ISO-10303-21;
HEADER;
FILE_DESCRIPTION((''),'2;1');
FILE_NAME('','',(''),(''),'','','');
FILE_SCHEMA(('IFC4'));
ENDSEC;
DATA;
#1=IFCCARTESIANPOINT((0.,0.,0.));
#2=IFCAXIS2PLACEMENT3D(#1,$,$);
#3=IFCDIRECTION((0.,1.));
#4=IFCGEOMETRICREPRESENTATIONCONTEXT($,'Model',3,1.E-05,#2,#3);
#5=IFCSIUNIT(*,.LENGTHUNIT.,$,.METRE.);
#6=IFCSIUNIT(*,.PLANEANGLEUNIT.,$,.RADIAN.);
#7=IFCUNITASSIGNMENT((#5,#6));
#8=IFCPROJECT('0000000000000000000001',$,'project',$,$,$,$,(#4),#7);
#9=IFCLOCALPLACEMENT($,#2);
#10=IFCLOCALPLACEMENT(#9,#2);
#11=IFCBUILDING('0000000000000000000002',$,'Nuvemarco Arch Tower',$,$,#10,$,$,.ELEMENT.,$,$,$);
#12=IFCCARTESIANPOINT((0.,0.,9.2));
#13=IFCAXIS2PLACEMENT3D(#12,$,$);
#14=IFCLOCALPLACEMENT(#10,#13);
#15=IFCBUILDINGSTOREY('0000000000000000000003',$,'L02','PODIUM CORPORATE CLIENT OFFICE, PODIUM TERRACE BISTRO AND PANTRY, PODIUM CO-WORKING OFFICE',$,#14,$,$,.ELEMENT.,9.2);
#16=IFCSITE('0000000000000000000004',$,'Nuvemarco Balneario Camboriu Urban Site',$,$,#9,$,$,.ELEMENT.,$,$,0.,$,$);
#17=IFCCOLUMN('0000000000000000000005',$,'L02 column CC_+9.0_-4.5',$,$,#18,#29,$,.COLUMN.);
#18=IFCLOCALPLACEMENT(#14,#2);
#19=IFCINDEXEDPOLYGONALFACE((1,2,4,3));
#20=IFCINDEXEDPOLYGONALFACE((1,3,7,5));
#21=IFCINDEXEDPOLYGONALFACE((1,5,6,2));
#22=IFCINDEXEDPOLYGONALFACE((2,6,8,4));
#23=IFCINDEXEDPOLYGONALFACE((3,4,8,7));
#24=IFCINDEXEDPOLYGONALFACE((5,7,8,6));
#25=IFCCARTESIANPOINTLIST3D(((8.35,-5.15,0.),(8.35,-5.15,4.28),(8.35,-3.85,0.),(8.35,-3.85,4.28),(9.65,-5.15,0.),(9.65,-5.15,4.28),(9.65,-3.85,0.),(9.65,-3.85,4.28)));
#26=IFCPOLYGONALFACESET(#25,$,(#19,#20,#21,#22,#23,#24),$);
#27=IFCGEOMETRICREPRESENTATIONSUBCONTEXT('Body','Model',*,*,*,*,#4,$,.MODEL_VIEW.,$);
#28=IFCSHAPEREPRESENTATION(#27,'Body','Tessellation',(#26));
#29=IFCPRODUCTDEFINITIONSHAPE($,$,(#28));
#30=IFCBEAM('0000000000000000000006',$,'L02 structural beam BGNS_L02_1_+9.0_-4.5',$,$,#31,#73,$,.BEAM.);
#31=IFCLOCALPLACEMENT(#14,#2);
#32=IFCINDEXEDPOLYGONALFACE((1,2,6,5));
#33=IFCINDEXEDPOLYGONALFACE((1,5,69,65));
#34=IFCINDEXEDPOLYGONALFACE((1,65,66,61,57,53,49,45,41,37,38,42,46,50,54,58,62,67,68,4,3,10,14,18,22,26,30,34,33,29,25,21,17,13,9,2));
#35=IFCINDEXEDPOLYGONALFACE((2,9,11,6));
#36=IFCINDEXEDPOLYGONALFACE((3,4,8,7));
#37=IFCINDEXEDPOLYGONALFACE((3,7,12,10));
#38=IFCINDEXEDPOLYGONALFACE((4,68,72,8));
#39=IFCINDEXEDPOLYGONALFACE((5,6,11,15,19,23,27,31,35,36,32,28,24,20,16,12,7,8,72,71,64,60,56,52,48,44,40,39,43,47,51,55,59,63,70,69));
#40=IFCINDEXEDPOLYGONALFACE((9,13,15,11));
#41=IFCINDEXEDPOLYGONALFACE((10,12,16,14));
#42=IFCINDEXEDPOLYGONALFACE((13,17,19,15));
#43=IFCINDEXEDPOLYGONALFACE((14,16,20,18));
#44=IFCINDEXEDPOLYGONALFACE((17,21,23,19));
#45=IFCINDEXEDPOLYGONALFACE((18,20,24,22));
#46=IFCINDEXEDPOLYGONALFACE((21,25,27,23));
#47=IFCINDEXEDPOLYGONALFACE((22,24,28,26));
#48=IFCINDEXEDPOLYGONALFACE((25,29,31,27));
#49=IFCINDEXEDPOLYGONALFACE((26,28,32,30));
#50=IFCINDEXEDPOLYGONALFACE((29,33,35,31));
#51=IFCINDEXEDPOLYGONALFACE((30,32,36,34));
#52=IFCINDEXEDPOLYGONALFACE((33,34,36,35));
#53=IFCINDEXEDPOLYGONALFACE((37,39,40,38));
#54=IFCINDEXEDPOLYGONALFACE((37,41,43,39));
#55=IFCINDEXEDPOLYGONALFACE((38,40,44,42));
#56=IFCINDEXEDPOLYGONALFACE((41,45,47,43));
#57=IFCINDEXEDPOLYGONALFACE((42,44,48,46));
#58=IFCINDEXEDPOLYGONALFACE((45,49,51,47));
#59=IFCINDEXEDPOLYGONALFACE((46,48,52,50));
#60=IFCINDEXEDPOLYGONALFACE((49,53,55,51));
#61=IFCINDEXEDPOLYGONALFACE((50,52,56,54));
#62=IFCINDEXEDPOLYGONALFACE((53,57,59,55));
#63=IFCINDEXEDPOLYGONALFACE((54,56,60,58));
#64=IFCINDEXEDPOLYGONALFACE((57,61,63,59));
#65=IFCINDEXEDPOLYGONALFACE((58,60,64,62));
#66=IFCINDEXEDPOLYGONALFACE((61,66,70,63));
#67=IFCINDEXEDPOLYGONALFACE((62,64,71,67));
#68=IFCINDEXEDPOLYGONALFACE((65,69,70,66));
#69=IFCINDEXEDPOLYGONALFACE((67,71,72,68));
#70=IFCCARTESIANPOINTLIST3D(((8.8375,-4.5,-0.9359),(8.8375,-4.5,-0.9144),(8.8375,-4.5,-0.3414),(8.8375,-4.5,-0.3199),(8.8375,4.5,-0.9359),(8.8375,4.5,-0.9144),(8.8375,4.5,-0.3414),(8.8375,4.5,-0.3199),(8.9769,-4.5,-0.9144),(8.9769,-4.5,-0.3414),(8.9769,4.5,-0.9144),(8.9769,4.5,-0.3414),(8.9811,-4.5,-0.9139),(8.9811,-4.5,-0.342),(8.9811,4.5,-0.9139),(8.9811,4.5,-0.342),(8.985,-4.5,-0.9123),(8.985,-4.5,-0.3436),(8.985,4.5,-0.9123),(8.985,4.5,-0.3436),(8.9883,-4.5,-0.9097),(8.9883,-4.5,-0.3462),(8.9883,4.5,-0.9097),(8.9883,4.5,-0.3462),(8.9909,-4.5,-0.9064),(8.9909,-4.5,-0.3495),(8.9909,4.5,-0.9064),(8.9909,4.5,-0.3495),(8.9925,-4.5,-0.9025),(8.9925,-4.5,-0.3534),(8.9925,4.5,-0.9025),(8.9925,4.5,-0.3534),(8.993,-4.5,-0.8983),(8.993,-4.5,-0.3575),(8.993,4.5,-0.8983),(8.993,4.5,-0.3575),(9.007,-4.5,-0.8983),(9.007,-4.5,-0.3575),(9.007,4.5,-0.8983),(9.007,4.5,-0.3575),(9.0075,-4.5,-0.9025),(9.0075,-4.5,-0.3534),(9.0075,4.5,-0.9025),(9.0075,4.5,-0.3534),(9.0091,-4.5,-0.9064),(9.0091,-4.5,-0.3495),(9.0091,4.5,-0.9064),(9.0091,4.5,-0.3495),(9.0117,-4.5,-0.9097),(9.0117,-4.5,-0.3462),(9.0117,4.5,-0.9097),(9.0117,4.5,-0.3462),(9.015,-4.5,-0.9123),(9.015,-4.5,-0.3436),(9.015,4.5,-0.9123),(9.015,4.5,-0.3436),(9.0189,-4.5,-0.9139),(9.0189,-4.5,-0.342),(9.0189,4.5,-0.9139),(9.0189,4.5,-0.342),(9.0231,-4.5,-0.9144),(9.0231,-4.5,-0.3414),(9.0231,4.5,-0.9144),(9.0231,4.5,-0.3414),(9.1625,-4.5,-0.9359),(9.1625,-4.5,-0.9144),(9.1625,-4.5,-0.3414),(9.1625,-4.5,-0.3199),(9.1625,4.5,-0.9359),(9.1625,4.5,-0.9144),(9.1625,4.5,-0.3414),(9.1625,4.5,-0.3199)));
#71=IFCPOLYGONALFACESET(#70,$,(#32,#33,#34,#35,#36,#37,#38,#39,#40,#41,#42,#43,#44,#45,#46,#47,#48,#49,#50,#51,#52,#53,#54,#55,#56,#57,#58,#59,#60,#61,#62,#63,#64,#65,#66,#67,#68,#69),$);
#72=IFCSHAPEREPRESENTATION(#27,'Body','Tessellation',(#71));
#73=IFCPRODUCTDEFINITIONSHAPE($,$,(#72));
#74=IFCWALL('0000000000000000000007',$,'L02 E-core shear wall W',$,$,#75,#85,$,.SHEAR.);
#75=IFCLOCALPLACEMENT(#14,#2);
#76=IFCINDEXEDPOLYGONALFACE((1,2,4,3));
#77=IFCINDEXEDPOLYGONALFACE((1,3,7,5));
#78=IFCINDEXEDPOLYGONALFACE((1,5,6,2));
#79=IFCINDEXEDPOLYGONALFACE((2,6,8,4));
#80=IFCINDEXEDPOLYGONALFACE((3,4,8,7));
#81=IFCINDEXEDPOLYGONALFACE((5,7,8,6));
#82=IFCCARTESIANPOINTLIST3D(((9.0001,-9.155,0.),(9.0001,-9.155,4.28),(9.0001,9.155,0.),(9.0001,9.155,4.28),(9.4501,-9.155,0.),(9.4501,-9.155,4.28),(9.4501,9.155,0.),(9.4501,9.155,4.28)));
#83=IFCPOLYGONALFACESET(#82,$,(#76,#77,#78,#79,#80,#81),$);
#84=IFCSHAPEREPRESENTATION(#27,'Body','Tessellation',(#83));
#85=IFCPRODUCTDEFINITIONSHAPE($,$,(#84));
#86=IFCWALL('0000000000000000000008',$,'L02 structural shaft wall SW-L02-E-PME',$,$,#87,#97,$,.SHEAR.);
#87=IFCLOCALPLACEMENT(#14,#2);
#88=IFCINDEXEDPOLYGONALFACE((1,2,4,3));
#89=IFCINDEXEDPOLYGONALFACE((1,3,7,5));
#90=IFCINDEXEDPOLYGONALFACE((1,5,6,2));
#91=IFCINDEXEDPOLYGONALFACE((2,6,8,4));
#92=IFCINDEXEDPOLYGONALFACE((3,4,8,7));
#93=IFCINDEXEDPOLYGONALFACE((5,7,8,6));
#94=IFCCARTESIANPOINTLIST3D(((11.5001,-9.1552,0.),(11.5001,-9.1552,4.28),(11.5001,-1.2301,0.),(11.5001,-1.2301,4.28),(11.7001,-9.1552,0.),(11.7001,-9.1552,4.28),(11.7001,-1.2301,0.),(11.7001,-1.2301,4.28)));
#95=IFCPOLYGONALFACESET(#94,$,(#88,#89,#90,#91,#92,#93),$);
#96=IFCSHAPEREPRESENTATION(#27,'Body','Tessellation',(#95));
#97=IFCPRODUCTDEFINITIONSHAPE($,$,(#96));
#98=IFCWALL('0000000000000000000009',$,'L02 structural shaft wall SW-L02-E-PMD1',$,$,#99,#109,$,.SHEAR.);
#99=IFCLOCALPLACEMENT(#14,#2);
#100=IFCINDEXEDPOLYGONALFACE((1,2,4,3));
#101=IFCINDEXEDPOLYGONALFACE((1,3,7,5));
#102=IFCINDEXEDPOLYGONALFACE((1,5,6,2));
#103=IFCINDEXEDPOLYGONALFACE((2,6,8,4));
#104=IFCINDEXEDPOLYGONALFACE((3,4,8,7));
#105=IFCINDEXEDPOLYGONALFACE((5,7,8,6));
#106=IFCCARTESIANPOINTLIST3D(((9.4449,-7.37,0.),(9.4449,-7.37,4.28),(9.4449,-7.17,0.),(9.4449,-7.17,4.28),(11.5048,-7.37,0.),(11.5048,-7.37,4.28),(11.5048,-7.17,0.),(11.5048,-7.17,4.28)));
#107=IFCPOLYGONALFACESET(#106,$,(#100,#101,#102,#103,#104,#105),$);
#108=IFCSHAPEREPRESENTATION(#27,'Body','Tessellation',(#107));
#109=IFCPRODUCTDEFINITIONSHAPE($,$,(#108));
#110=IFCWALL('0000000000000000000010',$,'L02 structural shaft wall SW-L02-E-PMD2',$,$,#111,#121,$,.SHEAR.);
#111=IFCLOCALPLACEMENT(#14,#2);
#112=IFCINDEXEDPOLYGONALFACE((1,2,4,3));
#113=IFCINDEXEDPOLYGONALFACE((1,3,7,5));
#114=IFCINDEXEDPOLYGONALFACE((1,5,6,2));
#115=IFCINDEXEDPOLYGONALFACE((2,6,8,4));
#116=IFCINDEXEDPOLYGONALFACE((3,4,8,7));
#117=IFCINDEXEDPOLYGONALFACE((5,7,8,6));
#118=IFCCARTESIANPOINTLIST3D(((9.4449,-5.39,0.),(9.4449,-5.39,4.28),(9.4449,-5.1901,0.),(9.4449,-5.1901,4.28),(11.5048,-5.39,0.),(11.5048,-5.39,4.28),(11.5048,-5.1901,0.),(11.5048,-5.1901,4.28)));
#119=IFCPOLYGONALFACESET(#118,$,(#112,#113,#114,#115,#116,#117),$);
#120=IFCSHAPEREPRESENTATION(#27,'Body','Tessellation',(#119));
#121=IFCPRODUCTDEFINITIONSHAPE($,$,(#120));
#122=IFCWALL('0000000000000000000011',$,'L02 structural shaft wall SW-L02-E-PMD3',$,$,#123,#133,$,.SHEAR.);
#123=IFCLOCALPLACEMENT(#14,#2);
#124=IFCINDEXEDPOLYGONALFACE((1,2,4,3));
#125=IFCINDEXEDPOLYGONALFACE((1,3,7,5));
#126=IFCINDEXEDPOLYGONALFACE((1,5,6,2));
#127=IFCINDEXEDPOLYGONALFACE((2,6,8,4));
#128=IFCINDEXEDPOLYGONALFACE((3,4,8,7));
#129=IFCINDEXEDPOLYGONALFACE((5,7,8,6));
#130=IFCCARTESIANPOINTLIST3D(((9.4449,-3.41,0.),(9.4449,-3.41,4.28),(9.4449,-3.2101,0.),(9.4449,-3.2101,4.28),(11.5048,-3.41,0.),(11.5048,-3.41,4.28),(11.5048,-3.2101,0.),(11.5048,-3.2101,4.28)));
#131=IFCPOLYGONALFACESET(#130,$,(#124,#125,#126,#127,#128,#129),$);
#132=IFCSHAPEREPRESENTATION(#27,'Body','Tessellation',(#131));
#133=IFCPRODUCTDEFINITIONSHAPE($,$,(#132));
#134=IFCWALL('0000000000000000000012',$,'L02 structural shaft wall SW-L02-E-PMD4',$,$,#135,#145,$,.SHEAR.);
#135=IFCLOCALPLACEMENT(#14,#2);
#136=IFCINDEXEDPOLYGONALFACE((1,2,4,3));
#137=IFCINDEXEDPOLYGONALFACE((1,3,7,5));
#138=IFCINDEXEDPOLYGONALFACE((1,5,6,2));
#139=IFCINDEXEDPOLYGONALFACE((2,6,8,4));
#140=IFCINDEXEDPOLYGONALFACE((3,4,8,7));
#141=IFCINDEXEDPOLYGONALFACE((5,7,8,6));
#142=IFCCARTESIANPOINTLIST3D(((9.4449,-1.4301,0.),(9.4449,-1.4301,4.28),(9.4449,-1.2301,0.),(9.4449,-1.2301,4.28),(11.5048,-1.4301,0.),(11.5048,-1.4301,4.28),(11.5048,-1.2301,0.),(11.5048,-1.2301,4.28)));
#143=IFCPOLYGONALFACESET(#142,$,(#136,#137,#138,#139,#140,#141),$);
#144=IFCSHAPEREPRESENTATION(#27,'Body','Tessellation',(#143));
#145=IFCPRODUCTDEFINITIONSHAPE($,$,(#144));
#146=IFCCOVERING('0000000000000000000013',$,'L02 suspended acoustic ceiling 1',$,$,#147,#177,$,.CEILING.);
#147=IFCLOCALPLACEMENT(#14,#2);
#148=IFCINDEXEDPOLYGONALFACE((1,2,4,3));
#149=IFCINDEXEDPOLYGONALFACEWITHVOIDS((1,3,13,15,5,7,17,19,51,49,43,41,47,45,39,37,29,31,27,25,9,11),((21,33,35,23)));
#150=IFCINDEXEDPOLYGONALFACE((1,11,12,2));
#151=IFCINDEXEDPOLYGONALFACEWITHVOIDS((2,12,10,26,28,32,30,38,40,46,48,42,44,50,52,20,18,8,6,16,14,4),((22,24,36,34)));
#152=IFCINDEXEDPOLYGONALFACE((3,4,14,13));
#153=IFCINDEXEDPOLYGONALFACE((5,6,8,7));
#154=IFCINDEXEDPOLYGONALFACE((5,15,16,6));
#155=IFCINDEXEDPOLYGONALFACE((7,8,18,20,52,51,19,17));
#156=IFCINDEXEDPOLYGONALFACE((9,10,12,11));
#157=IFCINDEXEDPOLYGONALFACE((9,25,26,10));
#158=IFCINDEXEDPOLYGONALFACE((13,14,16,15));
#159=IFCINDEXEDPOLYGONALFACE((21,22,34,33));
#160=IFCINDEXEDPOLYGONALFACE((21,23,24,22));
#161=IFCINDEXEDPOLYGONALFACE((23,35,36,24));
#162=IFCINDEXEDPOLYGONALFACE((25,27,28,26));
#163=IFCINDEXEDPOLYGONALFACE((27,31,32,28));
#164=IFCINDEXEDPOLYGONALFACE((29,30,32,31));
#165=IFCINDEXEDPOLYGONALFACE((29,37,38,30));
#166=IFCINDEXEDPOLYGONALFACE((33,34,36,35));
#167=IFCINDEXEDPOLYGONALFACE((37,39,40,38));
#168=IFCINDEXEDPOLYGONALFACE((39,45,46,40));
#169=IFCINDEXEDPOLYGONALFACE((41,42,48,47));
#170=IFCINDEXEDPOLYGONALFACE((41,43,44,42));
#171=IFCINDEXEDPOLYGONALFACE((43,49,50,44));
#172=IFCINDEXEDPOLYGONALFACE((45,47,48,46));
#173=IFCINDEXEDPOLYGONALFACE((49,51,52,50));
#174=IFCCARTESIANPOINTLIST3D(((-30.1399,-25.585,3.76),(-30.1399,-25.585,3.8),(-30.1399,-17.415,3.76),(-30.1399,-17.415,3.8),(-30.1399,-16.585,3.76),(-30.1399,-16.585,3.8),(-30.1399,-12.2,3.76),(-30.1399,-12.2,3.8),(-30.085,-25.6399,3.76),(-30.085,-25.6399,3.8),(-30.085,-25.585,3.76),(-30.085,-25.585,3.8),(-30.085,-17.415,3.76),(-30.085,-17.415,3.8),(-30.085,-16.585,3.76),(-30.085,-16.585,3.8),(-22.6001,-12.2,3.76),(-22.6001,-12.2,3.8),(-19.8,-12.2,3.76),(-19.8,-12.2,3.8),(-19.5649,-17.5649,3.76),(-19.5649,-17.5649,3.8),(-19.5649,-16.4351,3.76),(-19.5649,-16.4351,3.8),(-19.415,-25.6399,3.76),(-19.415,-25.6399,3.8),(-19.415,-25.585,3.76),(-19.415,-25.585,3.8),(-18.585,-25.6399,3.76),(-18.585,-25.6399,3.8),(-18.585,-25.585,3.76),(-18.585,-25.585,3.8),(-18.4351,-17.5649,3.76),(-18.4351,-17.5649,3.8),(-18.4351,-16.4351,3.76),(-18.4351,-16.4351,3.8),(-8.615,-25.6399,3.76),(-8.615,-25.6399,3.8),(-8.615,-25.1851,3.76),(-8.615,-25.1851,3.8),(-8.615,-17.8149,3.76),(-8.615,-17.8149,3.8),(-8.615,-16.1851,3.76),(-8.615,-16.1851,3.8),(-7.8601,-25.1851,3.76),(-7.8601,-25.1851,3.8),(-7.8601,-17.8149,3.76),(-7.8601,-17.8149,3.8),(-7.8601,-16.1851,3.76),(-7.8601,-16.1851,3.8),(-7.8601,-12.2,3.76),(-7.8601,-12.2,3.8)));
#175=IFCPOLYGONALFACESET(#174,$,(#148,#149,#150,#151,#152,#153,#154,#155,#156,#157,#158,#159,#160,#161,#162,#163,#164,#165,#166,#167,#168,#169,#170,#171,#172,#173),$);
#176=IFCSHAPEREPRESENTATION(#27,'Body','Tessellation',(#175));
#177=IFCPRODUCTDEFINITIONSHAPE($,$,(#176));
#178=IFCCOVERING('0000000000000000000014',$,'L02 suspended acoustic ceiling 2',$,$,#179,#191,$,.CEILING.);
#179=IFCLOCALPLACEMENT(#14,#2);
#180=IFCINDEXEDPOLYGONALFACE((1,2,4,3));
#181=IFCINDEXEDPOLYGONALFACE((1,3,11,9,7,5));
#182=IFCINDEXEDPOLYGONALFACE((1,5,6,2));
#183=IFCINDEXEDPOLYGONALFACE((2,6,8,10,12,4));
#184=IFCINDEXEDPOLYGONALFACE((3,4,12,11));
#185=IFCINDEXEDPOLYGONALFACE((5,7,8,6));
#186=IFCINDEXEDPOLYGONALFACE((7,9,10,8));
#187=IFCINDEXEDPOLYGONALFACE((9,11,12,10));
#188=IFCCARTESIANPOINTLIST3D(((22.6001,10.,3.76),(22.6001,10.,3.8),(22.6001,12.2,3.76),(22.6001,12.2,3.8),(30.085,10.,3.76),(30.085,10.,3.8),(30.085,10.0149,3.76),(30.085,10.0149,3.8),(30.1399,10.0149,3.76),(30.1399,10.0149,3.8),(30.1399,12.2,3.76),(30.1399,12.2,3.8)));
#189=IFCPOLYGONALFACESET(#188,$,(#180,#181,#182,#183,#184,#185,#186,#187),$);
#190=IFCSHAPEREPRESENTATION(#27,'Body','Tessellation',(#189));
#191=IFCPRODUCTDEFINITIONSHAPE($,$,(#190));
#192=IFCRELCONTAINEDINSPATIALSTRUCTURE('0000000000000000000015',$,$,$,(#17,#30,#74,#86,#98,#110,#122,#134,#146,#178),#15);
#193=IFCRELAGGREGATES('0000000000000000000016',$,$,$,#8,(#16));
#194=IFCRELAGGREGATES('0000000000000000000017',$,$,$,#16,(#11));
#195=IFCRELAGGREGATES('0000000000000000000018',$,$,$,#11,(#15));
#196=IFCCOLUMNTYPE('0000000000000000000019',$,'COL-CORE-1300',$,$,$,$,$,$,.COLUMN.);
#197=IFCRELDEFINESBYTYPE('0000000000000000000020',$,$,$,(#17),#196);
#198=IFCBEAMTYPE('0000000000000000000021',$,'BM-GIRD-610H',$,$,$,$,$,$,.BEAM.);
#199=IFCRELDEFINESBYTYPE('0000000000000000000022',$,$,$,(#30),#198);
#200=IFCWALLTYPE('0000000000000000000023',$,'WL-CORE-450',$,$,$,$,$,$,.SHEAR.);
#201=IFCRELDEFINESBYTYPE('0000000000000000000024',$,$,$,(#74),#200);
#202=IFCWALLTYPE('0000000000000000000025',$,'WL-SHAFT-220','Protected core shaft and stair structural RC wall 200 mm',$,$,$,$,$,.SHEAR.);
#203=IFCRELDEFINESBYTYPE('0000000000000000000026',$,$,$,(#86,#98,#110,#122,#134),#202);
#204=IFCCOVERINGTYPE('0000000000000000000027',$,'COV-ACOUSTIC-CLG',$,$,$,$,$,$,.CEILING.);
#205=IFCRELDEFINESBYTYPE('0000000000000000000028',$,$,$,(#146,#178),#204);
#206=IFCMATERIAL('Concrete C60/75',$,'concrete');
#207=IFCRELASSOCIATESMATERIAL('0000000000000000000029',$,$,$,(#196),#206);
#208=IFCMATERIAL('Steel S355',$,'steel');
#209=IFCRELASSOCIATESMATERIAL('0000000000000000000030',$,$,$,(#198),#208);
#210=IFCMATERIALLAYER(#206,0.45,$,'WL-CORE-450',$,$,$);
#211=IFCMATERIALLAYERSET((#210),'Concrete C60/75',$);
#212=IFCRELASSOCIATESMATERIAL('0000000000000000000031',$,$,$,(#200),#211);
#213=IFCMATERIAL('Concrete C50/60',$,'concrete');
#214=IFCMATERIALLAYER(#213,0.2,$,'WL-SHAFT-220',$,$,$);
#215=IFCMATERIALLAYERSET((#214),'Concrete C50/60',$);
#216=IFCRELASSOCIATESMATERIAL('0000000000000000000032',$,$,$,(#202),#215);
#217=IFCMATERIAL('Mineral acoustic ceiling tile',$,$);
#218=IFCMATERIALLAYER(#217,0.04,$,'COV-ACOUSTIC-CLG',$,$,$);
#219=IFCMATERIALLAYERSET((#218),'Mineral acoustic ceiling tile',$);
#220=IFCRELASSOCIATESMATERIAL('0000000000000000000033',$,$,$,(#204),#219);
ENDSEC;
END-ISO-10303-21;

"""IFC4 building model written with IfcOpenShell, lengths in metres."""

from ifc_helpers import new_model, si_unit, direction, frame, frame_2d, origin, origin_2d, place, context, subcontext, project, spatial, polyline, rectangle, i_section, outline, extrude, material, layer, layer_set, material_profile, profile_set, type_object, element, save


model = new_model("IFC4")

# Units and contexts
model_context = context("Model", 3, precision=1e-05, world=origin(), true_north=direction((0.0, 1.0)))
body_context = subcontext(model_context, "Body", "Model", "MODEL_VIEW")
ifc_project = project(units=[si_unit("LENGTHUNIT", "METRE"), si_unit("PLANEANGLEUNIT", "RADIAN")], contexts=[model_context])

# Site, building, storey
site_placement = place(None, origin())
site = spatial("IfcSite", under=ifc_project, at=site_placement, Name="Nuvemarco Balneario Camboriu Urban Site", CompositionType="ELEMENT", RefElevation=0.0)
building_placement = place(site_placement, origin())
building = spatial("IfcBuilding", under=site, at=building_placement, Name="Nuvemarco Arch Tower", CompositionType="ELEMENT")
storey_placement = place(building_placement, frame((0.0, 0.0, 9.2)))
storey = spatial("IfcBuildingStorey", under=building, at=storey_placement, Name="L02", Description="PODIUM CORPORATE CLIENT OFFICE, PODIUM TERRACE BISTRO AND PANTRY, PODIUM CO-WORKING OFFICE", CompositionType="ELEMENT", Elevation=9.2)

# Column
ifc_material_1 = material(Name="Concrete C60/75", Category="concrete")
ifc_material_profile_1 = material_profile(ifc_material_1, rectangle(XDim=1.3, YDim=1.3, at=origin_2d()), Name="RC-COL-1300x1300")
ifc_profile_set_1 = profile_set([ifc_material_profile_1], Name="Concrete C60/75")
column_type = type_object("IfcColumnType", Name="COL-CORE-1300", PredefinedType="COLUMN", material=ifc_profile_set_1)
column_placement = place(storey_placement, frame((9.0, -4.5, 0.0), z_axis=(0.0, 0.0, 1.0), x_axis=(1.0, 0.0, 0.0)))
element("IfcColumn", 1, at=column_placement, inside=storey, type_object=column_type, Name="L02 column CC_+9.0_-4.5", PredefinedType="COLUMN", context=body_context, shape_type="SweptSolid", body=[
    extrude(rectangle(XDim=1.3, YDim=1.3, at=origin_2d()), origin(), (0.0, 0.0, 1.0), 4.28),
])

# Beam
ifc_material_2 = material(Name="Steel S355", Category="steel")
ifc_material_profile_2 = material_profile(ifc_material_2, i_section(OverallWidth=0.325, OverallDepth=0.616, WebThickness=0.0139, FlangeThickness=0.0215, FilletRadius=0.0161, at=origin_2d()), Name="W610x174")
ifc_profile_set_2 = profile_set([ifc_material_profile_2], Name="Steel S355")
beam_type = type_object("IfcBeamType", Name="BM-GIRD-610H", PredefinedType="BEAM", material=ifc_profile_set_2)
beam_placement = place(storey_placement, frame((9.0, -4.5, -0.6279), z_axis=(0.0, 1.0, 0.0), x_axis=(-1.0, 0.0, 0.0)))
element("IfcBeam", 2, at=beam_placement, inside=storey, type_object=beam_type, Name="L02 structural beam BGNS_L02_1_+9.0_-4.5", PredefinedType="BEAM", context=body_context, shape_type="SweptSolid", body=[
    extrude(i_section(OverallWidth=0.325, OverallDepth=0.616, WebThickness=0.0139, FlangeThickness=0.0215, FilletRadius=0.0161, at=origin_2d()), origin(), (0.0, 0.0, 1.0), 9.0),
])

# Walls
ifc_layer_1 = layer(ifc_material_1, 0.45, Name="WL-CORE-450")
ifc_layer_set_1 = layer_set([ifc_layer_1], Name="Concrete C60/75")
wall_type_1 = type_object("IfcWallType", Name="WL-CORE-450", PredefinedType="SHEAR", material=ifc_layer_set_1)
wall_1_placement = place(storey_placement, frame((9.2251, -9.155, 0.0), z_axis=(0.0, 0.0, 1.0), x_axis=(0.0, 1.0, 0.0)))
element("IfcWall", 3, at=wall_1_placement, inside=storey, type_object=wall_type_1, Name="L02 E-core shear wall W", PredefinedType="SHEAR", context=body_context, shape_type="SweptSolid", body=[
    extrude(rectangle(XDim=18.3101, YDim=0.45, at=frame_2d((9.155, 0.0))), origin(), (0.0, 0.0, 1.0), 4.28),
])
ifc_material_3 = material(Name="Concrete C50/60", Category="concrete")
ifc_layer_2 = layer(ifc_material_3, 0.2, Name="WL-SHAFT-220")
ifc_layer_set_2 = layer_set([ifc_layer_2], Name="Concrete C50/60")
wall_type_2 = type_object("IfcWallType", Name="WL-SHAFT-220", Description="Protected core shaft and stair structural RC wall 200 mm", PredefinedType="SHEAR", material=ifc_layer_set_2)
wall_2_placement = place(storey_placement, frame((11.6001, -9.155, 0.0), z_axis=(0.0, 0.0, 1.0), x_axis=(0.0, 1.0, 0.0)))
element("IfcWall", 4, at=wall_2_placement, inside=storey, type_object=wall_type_2, Name="L02 structural shaft wall SW-L02-E-PME", PredefinedType="SHEAR", context=body_context, shape_type="SweptSolid", body=[
    extrude(rectangle(XDim=7.925, YDim=0.2, at=frame_2d((3.9624, 0.0))), origin(), (0.0, 0.0, 1.0), 4.28),
])
for number, where, z_axis, x_axis, name in (
    (5, (9.4451, -7.27, 0.0), (0.0, 0.0, 1.0), (1.0, 0.0, 0.0), "L02 structural shaft wall SW-L02-E-PMD1"),
    (6, (9.4451, -5.29, 0.0), (0.0, 0.0, 1.0), (1.0, 0.0, 0.0), "L02 structural shaft wall SW-L02-E-PMD2"),
    (7, (9.4451, -3.3101, 0.0), (0.0, 0.0, 1.0), (1.0, 0.0, 0.0), "L02 structural shaft wall SW-L02-E-PMD3"),
    (8, (9.4451, -1.3301, 0.0), (0.0, 0.0, 1.0), (1.0, 0.0, 0.0), "L02 structural shaft wall SW-L02-E-PMD4"),
):
    element("IfcWall", number, at=place(storey_placement, frame(where, z_axis=z_axis, x_axis=x_axis)), inside=storey, type_object=wall_type_2, Name=name, PredefinedType="SHEAR", context=body_context, shape_type="SweptSolid", body=[
        extrude(rectangle(XDim=2.0598, YDim=0.2, at=frame_2d((1.0298, 0.0))), origin(), (0.0, 0.0, 1.0), 4.28),
    ])

# Coverings
ifc_material_4 = material(Name="Mineral acoustic ceiling tile")
ifc_layer_3 = layer(ifc_material_4, 0.04, Name="COV-ACOUSTIC-CLG")
ifc_layer_set_3 = layer_set([ifc_layer_3], Name="Mineral acoustic ceiling tile")
covering_type_1 = type_object("IfcCoveringType", Name="COV-ACOUSTIC-CLG", PredefinedType="CEILING", material=ifc_layer_set_3)
covering_1_placement = place(storey_placement, frame((0.0, 0.0, 3.76)))
element("IfcCovering", 9, at=covering_1_placement, inside=storey, type_object=covering_type_1, Name="L02 suspended acoustic ceiling 1", PredefinedType="CEILING", context=body_context, shape_type="SweptSolid", body=[
    extrude(outline(polyline([(-30.085, -25.585), (-30.1399, -25.585), (-30.1399, -17.415), (-30.085, -17.415), (-30.085, -16.585), (-30.1399, -16.585), (-30.1399, -12.2), (-22.6001, -12.2), (-19.8, -12.2), (-7.8601, -12.2), (-7.8601, -16.1851), (-8.615, -16.1851), (-8.615, -17.8149), (-7.8601, -17.8149), (-7.8601, -25.1851), (-8.615, -25.1851), (-8.615, -25.6399), (-18.585, -25.6399), (-18.585, -25.585), (-19.415, -25.585), (-19.415, -25.6399), (-30.085, -25.6399), (-30.085, -25.585)]), holes=[polyline([(-18.4351, -16.4351), (-19.5649, -16.4351), (-19.5649, -17.5649), (-18.4351, -17.5649), (-18.4351, -16.4351)])]), origin(), (0.0, 0.0, 1.0), 0.04),
])
covering_2_placement = place(storey_placement, frame((0.0, 0.0, 3.76)))
element("IfcCovering", 10, at=covering_2_placement, inside=storey, type_object=covering_type_1, Name="L02 suspended acoustic ceiling 2", PredefinedType="CEILING", context=body_context, shape_type="SweptSolid", body=[
    extrude(outline(polyline([(30.1399, 10.0149), (30.085, 10.0149), (30.085, 10.0), (22.6001, 10.0), (22.6001, 12.2), (30.1399, 12.2), (30.1399, 10.0149)])), origin(), (0.0, 0.0, 1.0), 0.04),
])

save(model, "model.ifc")
